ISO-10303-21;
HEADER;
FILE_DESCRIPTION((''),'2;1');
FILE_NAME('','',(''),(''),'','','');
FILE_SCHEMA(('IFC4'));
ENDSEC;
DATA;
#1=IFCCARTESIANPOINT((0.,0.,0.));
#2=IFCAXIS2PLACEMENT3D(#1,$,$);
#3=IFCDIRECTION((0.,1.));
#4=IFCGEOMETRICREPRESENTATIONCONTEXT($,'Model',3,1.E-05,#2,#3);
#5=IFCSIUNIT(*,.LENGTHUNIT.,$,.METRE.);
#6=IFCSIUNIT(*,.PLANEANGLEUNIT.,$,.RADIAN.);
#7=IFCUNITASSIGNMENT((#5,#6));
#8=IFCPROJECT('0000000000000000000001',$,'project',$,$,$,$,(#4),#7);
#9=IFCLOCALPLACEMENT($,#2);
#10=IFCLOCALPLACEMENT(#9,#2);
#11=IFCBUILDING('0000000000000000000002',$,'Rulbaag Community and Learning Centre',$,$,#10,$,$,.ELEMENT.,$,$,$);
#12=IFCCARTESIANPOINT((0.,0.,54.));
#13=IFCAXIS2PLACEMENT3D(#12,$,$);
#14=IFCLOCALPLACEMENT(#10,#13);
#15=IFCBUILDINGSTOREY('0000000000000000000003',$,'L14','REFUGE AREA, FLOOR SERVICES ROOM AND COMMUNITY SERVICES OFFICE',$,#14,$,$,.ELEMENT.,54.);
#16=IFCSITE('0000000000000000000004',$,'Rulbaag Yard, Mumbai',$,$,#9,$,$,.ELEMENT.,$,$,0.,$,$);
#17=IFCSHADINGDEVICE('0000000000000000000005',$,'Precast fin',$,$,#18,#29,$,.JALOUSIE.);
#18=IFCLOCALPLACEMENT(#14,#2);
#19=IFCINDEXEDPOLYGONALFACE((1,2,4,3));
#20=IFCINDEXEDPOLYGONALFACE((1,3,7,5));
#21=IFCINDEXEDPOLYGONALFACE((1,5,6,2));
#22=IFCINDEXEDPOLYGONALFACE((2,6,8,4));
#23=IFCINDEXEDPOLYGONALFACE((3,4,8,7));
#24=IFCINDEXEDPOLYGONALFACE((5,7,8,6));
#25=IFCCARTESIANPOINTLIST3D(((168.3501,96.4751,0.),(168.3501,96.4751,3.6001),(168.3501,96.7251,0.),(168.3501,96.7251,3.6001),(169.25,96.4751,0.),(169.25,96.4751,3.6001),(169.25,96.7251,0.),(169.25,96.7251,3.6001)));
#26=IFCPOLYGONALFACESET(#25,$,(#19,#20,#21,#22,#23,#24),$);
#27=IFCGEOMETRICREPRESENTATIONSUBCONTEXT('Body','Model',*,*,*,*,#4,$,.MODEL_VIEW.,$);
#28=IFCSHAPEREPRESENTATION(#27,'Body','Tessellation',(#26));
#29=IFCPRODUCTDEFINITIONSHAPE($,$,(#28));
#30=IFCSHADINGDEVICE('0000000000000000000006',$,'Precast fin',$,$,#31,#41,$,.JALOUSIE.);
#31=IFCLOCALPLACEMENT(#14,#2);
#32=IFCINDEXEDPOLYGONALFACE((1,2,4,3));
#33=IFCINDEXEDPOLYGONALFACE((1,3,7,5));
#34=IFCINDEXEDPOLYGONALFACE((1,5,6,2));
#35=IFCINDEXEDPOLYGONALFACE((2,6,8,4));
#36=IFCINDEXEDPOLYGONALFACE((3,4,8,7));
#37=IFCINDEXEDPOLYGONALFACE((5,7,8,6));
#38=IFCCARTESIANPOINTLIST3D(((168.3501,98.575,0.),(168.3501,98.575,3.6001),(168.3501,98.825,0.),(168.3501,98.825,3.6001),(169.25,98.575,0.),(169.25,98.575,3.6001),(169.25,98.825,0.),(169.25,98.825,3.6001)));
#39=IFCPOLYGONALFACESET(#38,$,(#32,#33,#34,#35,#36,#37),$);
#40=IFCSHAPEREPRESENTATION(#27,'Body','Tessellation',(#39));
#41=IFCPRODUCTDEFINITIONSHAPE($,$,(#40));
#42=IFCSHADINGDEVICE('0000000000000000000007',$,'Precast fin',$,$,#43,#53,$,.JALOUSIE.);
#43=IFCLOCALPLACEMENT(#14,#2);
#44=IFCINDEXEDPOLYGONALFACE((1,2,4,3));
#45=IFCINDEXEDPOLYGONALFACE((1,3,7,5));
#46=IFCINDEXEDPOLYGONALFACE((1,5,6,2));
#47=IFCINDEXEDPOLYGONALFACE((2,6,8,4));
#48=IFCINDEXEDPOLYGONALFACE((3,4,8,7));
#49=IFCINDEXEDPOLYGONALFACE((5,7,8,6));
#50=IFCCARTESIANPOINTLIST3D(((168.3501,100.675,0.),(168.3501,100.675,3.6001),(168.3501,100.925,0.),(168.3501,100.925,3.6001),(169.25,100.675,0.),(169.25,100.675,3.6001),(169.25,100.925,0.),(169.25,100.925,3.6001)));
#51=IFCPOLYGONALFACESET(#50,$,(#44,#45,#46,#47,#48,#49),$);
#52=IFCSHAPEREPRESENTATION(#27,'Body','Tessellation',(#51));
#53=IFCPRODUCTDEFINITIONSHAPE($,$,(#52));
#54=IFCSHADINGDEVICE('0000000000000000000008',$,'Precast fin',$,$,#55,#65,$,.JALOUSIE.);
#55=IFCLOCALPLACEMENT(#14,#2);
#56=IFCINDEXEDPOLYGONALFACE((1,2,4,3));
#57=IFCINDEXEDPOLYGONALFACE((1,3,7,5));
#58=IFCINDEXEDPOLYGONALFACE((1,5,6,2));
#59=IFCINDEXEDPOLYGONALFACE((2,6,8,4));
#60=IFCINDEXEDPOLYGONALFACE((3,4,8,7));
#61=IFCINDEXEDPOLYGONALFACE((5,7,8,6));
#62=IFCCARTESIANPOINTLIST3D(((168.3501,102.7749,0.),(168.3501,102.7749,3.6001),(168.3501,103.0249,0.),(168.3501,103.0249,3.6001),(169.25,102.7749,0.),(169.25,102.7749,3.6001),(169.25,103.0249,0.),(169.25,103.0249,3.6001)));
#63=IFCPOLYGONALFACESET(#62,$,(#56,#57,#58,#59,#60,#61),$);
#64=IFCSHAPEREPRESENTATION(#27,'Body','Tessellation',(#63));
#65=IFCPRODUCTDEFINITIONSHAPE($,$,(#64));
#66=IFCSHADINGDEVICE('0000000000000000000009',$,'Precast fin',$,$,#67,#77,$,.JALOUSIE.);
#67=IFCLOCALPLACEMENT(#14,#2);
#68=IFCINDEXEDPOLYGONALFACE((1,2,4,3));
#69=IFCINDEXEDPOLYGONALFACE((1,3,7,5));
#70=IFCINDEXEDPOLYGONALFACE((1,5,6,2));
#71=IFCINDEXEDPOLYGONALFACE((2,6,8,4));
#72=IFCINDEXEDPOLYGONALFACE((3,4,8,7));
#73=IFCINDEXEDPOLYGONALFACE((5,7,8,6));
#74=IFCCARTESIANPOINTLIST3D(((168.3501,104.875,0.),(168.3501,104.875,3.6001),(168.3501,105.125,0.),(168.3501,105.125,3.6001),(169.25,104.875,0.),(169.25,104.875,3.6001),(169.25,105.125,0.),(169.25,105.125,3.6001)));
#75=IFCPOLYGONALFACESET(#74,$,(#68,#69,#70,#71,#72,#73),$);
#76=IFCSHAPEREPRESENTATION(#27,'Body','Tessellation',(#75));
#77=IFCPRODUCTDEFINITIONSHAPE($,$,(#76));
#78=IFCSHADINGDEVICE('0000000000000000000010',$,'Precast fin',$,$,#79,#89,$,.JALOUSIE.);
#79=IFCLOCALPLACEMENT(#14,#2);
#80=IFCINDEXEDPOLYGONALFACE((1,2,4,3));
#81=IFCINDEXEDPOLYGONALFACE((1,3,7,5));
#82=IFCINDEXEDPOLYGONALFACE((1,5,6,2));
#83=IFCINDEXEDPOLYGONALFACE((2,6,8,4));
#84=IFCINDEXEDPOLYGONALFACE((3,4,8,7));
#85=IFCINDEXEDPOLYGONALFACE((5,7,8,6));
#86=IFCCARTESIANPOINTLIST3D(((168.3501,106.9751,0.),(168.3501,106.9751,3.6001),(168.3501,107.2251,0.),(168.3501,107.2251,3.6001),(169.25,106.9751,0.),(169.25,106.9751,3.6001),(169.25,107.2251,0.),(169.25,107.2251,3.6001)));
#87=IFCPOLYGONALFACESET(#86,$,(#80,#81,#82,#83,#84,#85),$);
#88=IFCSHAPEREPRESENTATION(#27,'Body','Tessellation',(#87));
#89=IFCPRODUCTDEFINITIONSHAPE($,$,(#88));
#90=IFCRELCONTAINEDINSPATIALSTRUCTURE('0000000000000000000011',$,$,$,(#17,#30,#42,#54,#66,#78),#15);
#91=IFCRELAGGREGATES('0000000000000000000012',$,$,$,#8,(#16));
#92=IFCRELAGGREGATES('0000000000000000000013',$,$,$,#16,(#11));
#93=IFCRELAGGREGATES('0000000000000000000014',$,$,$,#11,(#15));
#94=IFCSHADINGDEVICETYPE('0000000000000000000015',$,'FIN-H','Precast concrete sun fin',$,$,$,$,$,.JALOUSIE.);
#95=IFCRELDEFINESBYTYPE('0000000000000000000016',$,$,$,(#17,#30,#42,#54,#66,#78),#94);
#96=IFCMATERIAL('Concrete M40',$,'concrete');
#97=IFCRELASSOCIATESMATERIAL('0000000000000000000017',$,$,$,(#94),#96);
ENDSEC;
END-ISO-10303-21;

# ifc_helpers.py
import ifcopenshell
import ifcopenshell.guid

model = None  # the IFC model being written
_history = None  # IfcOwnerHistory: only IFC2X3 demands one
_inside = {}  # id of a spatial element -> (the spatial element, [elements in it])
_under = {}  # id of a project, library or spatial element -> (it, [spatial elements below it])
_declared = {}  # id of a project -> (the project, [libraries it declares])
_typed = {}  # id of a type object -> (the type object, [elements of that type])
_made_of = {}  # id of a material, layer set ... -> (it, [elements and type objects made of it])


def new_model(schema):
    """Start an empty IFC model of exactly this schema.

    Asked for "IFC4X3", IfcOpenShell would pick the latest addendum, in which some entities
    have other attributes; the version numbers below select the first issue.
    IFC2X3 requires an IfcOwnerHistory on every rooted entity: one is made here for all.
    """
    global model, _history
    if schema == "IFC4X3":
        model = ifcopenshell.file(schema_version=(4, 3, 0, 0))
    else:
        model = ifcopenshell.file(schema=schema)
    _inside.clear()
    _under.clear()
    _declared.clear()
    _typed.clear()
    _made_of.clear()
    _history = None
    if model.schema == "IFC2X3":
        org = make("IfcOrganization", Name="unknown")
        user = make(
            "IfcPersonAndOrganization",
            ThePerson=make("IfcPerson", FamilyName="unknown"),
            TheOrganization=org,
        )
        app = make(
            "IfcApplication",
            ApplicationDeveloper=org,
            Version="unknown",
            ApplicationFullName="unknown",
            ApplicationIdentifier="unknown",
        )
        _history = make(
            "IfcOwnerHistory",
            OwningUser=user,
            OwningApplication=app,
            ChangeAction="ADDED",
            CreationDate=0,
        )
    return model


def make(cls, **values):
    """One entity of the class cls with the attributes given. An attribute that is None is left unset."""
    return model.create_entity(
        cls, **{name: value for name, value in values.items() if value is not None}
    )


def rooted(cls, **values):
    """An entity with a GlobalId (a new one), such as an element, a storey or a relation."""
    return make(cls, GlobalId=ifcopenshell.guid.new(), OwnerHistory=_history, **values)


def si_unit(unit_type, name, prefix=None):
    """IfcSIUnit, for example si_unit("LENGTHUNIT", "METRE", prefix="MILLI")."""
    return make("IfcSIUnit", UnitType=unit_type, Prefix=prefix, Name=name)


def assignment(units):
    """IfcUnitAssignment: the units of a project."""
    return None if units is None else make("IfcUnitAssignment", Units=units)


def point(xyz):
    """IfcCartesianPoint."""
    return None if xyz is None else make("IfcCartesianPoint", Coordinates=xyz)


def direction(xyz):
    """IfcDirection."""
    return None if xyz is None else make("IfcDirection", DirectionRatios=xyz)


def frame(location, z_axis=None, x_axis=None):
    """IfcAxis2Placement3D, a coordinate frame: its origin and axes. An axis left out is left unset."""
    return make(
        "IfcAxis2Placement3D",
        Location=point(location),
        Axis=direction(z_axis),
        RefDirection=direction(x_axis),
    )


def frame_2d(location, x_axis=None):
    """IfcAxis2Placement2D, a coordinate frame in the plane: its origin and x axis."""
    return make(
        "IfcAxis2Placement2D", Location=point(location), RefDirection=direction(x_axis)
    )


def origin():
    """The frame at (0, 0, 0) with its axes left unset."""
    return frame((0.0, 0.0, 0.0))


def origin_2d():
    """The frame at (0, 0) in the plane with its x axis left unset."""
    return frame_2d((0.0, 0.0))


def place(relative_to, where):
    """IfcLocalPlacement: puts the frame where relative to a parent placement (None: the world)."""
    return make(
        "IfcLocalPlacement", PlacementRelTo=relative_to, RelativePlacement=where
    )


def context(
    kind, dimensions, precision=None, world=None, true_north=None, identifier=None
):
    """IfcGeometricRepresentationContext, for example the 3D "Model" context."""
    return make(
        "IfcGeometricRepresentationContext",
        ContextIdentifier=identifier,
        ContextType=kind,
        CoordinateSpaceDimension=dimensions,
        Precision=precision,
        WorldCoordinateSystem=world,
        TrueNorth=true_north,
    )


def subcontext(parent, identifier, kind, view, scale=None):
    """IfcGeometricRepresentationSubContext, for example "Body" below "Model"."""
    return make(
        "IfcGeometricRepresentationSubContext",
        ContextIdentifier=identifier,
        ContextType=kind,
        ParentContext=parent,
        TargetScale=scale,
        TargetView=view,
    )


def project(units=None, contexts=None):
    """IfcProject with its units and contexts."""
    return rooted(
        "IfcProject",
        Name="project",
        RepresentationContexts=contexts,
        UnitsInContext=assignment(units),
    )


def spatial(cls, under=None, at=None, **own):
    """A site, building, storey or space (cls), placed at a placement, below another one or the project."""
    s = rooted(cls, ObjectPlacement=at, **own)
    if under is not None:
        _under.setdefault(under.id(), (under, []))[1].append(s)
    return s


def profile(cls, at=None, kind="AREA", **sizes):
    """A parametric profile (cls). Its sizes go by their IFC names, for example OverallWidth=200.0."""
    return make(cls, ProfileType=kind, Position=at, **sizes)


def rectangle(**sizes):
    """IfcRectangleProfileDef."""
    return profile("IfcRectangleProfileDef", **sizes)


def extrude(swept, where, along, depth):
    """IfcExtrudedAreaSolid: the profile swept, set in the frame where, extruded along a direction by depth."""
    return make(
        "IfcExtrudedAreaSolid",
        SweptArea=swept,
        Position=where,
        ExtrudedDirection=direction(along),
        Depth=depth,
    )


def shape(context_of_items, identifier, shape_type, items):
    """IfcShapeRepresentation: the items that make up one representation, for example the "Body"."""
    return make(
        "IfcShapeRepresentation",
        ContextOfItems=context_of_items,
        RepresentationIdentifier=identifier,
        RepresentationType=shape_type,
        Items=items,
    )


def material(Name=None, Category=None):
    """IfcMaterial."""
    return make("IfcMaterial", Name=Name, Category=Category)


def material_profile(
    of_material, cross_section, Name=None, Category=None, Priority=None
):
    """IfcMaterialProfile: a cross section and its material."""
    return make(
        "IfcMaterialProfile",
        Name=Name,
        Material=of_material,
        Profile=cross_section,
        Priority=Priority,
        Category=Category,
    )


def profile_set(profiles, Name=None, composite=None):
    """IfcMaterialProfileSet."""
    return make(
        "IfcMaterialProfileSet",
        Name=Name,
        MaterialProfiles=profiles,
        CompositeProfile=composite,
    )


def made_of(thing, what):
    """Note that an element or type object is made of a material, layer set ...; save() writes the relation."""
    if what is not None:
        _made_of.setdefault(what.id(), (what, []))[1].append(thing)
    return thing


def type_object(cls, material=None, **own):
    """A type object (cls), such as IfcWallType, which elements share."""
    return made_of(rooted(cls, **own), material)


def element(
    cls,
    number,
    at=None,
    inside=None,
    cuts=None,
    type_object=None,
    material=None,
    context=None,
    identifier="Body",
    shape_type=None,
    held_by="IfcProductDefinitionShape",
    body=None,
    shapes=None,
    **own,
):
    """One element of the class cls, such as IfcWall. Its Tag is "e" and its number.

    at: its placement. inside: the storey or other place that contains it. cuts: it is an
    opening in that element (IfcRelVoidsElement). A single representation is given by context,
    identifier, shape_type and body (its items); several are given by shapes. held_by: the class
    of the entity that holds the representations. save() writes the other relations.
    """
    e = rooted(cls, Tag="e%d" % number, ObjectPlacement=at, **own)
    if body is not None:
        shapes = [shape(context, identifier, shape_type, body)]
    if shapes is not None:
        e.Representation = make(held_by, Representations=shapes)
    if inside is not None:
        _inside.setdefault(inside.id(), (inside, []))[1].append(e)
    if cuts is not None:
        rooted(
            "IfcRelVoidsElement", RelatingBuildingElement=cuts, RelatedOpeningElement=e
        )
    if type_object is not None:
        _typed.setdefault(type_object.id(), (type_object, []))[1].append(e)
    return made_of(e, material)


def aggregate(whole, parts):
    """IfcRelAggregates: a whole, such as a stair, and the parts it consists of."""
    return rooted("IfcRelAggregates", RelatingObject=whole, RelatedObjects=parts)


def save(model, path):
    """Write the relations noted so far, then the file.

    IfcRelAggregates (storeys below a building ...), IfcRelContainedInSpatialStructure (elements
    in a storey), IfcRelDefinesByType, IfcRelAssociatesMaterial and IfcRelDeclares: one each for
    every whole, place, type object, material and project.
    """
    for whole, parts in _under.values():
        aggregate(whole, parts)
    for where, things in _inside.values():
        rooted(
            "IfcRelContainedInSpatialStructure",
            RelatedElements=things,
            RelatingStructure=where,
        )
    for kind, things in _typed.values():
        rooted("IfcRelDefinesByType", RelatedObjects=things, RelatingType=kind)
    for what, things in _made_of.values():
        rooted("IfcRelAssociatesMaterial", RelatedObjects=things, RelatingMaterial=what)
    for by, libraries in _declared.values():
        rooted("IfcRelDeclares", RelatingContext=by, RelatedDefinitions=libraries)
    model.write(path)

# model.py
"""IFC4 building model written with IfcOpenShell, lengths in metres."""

from ifc_helpers import new_model, si_unit, direction, frame, origin, origin_2d, place, context, subcontext, project, spatial, rectangle, extrude, material, material_profile, profile_set, type_object, element, save


model = new_model("IFC4")

# Units and contexts
model_context = context("Model", 3, precision=1e-05, world=origin(), true_north=direction((0.0, 1.0)))
body_context = subcontext(model_context, "Body", "Model", "MODEL_VIEW")
ifc_project = project(units=[si_unit("LENGTHUNIT", "METRE"), si_unit("PLANEANGLEUNIT", "RADIAN")], contexts=[model_context])

# Site, building, storey
site_placement = place(None, origin())
site = spatial("IfcSite", under=ifc_project, at=site_placement, Name="Rulbaag Yard, Mumbai", CompositionType="ELEMENT", RefElevation=0.0)
building_placement = place(site_placement, origin())
building = spatial("IfcBuilding", under=site, at=building_placement, Name="Rulbaag Community and Learning Centre", CompositionType="ELEMENT")
storey_placement = place(building_placement, frame((0.0, 0.0, 54.0)))
storey = spatial("IfcBuildingStorey", under=building, at=storey_placement, Name="L14", Description="REFUGE AREA, FLOOR SERVICES ROOM AND COMMUNITY SERVICES OFFICE", CompositionType="ELEMENT", Elevation=54.0)

# Shared definitions
ifc_material_1 = material(Name="Concrete M40", Category="concrete")

# Shading devices
ifc_material_profile = material_profile(ifc_material_1, rectangle(XDim=0.25, YDim=0.8999, at=origin_2d()), Name="PC 250x900")
ifc_profile_set = profile_set([ifc_material_profile], Name="Concrete M40")
shading_device_type = type_object("IfcShadingDeviceType", Name="FIN-H", Description="Precast concrete sun fin", PredefinedType="JALOUSIE", material=ifc_profile_set)
for number, where, z_axis, x_axis, name in (
    (1, (168.8, 96.6001, 0.0), (0.0, 0.0, 1.0), (0.0, 1.0, 0.0), "Precast fin"),
    (2, (168.8, 98.7, 0.0), (0.0, 0.0, 1.0), (0.0, 1.0, 0.0), "Precast fin"),
    (3, (168.8, 100.8, 0.0), (0.0, 0.0, 1.0), (0.0, 1.0, 0.0), "Precast fin"),
    (4, (168.8, 102.8999, 0.0), (0.0, 0.0, 1.0), (0.0, 1.0, 0.0), "Precast fin"),
    (5, (168.8, 105.0, 0.0), (0.0, 0.0, 1.0), (0.0, 1.0, 0.0), "Precast fin"),
    (6, (168.8, 107.1001, 0.0), (0.0, 0.0, 1.0), (0.0, 1.0, 0.0), "Precast fin"),
):
    element("IfcShadingDevice", number, at=place(storey_placement, frame(where, z_axis=z_axis, x_axis=x_axis)), inside=storey, type_object=shading_device_type, Name=name, PredefinedType="JALOUSIE", context=body_context, shape_type="SweptSolid", body=[
        extrude(rectangle(XDim=0.25, YDim=0.8999, at=origin_2d()), origin(), (0.0, 0.0, 1.0), 3.6001),
    ])

save(model, "model.ifc")
